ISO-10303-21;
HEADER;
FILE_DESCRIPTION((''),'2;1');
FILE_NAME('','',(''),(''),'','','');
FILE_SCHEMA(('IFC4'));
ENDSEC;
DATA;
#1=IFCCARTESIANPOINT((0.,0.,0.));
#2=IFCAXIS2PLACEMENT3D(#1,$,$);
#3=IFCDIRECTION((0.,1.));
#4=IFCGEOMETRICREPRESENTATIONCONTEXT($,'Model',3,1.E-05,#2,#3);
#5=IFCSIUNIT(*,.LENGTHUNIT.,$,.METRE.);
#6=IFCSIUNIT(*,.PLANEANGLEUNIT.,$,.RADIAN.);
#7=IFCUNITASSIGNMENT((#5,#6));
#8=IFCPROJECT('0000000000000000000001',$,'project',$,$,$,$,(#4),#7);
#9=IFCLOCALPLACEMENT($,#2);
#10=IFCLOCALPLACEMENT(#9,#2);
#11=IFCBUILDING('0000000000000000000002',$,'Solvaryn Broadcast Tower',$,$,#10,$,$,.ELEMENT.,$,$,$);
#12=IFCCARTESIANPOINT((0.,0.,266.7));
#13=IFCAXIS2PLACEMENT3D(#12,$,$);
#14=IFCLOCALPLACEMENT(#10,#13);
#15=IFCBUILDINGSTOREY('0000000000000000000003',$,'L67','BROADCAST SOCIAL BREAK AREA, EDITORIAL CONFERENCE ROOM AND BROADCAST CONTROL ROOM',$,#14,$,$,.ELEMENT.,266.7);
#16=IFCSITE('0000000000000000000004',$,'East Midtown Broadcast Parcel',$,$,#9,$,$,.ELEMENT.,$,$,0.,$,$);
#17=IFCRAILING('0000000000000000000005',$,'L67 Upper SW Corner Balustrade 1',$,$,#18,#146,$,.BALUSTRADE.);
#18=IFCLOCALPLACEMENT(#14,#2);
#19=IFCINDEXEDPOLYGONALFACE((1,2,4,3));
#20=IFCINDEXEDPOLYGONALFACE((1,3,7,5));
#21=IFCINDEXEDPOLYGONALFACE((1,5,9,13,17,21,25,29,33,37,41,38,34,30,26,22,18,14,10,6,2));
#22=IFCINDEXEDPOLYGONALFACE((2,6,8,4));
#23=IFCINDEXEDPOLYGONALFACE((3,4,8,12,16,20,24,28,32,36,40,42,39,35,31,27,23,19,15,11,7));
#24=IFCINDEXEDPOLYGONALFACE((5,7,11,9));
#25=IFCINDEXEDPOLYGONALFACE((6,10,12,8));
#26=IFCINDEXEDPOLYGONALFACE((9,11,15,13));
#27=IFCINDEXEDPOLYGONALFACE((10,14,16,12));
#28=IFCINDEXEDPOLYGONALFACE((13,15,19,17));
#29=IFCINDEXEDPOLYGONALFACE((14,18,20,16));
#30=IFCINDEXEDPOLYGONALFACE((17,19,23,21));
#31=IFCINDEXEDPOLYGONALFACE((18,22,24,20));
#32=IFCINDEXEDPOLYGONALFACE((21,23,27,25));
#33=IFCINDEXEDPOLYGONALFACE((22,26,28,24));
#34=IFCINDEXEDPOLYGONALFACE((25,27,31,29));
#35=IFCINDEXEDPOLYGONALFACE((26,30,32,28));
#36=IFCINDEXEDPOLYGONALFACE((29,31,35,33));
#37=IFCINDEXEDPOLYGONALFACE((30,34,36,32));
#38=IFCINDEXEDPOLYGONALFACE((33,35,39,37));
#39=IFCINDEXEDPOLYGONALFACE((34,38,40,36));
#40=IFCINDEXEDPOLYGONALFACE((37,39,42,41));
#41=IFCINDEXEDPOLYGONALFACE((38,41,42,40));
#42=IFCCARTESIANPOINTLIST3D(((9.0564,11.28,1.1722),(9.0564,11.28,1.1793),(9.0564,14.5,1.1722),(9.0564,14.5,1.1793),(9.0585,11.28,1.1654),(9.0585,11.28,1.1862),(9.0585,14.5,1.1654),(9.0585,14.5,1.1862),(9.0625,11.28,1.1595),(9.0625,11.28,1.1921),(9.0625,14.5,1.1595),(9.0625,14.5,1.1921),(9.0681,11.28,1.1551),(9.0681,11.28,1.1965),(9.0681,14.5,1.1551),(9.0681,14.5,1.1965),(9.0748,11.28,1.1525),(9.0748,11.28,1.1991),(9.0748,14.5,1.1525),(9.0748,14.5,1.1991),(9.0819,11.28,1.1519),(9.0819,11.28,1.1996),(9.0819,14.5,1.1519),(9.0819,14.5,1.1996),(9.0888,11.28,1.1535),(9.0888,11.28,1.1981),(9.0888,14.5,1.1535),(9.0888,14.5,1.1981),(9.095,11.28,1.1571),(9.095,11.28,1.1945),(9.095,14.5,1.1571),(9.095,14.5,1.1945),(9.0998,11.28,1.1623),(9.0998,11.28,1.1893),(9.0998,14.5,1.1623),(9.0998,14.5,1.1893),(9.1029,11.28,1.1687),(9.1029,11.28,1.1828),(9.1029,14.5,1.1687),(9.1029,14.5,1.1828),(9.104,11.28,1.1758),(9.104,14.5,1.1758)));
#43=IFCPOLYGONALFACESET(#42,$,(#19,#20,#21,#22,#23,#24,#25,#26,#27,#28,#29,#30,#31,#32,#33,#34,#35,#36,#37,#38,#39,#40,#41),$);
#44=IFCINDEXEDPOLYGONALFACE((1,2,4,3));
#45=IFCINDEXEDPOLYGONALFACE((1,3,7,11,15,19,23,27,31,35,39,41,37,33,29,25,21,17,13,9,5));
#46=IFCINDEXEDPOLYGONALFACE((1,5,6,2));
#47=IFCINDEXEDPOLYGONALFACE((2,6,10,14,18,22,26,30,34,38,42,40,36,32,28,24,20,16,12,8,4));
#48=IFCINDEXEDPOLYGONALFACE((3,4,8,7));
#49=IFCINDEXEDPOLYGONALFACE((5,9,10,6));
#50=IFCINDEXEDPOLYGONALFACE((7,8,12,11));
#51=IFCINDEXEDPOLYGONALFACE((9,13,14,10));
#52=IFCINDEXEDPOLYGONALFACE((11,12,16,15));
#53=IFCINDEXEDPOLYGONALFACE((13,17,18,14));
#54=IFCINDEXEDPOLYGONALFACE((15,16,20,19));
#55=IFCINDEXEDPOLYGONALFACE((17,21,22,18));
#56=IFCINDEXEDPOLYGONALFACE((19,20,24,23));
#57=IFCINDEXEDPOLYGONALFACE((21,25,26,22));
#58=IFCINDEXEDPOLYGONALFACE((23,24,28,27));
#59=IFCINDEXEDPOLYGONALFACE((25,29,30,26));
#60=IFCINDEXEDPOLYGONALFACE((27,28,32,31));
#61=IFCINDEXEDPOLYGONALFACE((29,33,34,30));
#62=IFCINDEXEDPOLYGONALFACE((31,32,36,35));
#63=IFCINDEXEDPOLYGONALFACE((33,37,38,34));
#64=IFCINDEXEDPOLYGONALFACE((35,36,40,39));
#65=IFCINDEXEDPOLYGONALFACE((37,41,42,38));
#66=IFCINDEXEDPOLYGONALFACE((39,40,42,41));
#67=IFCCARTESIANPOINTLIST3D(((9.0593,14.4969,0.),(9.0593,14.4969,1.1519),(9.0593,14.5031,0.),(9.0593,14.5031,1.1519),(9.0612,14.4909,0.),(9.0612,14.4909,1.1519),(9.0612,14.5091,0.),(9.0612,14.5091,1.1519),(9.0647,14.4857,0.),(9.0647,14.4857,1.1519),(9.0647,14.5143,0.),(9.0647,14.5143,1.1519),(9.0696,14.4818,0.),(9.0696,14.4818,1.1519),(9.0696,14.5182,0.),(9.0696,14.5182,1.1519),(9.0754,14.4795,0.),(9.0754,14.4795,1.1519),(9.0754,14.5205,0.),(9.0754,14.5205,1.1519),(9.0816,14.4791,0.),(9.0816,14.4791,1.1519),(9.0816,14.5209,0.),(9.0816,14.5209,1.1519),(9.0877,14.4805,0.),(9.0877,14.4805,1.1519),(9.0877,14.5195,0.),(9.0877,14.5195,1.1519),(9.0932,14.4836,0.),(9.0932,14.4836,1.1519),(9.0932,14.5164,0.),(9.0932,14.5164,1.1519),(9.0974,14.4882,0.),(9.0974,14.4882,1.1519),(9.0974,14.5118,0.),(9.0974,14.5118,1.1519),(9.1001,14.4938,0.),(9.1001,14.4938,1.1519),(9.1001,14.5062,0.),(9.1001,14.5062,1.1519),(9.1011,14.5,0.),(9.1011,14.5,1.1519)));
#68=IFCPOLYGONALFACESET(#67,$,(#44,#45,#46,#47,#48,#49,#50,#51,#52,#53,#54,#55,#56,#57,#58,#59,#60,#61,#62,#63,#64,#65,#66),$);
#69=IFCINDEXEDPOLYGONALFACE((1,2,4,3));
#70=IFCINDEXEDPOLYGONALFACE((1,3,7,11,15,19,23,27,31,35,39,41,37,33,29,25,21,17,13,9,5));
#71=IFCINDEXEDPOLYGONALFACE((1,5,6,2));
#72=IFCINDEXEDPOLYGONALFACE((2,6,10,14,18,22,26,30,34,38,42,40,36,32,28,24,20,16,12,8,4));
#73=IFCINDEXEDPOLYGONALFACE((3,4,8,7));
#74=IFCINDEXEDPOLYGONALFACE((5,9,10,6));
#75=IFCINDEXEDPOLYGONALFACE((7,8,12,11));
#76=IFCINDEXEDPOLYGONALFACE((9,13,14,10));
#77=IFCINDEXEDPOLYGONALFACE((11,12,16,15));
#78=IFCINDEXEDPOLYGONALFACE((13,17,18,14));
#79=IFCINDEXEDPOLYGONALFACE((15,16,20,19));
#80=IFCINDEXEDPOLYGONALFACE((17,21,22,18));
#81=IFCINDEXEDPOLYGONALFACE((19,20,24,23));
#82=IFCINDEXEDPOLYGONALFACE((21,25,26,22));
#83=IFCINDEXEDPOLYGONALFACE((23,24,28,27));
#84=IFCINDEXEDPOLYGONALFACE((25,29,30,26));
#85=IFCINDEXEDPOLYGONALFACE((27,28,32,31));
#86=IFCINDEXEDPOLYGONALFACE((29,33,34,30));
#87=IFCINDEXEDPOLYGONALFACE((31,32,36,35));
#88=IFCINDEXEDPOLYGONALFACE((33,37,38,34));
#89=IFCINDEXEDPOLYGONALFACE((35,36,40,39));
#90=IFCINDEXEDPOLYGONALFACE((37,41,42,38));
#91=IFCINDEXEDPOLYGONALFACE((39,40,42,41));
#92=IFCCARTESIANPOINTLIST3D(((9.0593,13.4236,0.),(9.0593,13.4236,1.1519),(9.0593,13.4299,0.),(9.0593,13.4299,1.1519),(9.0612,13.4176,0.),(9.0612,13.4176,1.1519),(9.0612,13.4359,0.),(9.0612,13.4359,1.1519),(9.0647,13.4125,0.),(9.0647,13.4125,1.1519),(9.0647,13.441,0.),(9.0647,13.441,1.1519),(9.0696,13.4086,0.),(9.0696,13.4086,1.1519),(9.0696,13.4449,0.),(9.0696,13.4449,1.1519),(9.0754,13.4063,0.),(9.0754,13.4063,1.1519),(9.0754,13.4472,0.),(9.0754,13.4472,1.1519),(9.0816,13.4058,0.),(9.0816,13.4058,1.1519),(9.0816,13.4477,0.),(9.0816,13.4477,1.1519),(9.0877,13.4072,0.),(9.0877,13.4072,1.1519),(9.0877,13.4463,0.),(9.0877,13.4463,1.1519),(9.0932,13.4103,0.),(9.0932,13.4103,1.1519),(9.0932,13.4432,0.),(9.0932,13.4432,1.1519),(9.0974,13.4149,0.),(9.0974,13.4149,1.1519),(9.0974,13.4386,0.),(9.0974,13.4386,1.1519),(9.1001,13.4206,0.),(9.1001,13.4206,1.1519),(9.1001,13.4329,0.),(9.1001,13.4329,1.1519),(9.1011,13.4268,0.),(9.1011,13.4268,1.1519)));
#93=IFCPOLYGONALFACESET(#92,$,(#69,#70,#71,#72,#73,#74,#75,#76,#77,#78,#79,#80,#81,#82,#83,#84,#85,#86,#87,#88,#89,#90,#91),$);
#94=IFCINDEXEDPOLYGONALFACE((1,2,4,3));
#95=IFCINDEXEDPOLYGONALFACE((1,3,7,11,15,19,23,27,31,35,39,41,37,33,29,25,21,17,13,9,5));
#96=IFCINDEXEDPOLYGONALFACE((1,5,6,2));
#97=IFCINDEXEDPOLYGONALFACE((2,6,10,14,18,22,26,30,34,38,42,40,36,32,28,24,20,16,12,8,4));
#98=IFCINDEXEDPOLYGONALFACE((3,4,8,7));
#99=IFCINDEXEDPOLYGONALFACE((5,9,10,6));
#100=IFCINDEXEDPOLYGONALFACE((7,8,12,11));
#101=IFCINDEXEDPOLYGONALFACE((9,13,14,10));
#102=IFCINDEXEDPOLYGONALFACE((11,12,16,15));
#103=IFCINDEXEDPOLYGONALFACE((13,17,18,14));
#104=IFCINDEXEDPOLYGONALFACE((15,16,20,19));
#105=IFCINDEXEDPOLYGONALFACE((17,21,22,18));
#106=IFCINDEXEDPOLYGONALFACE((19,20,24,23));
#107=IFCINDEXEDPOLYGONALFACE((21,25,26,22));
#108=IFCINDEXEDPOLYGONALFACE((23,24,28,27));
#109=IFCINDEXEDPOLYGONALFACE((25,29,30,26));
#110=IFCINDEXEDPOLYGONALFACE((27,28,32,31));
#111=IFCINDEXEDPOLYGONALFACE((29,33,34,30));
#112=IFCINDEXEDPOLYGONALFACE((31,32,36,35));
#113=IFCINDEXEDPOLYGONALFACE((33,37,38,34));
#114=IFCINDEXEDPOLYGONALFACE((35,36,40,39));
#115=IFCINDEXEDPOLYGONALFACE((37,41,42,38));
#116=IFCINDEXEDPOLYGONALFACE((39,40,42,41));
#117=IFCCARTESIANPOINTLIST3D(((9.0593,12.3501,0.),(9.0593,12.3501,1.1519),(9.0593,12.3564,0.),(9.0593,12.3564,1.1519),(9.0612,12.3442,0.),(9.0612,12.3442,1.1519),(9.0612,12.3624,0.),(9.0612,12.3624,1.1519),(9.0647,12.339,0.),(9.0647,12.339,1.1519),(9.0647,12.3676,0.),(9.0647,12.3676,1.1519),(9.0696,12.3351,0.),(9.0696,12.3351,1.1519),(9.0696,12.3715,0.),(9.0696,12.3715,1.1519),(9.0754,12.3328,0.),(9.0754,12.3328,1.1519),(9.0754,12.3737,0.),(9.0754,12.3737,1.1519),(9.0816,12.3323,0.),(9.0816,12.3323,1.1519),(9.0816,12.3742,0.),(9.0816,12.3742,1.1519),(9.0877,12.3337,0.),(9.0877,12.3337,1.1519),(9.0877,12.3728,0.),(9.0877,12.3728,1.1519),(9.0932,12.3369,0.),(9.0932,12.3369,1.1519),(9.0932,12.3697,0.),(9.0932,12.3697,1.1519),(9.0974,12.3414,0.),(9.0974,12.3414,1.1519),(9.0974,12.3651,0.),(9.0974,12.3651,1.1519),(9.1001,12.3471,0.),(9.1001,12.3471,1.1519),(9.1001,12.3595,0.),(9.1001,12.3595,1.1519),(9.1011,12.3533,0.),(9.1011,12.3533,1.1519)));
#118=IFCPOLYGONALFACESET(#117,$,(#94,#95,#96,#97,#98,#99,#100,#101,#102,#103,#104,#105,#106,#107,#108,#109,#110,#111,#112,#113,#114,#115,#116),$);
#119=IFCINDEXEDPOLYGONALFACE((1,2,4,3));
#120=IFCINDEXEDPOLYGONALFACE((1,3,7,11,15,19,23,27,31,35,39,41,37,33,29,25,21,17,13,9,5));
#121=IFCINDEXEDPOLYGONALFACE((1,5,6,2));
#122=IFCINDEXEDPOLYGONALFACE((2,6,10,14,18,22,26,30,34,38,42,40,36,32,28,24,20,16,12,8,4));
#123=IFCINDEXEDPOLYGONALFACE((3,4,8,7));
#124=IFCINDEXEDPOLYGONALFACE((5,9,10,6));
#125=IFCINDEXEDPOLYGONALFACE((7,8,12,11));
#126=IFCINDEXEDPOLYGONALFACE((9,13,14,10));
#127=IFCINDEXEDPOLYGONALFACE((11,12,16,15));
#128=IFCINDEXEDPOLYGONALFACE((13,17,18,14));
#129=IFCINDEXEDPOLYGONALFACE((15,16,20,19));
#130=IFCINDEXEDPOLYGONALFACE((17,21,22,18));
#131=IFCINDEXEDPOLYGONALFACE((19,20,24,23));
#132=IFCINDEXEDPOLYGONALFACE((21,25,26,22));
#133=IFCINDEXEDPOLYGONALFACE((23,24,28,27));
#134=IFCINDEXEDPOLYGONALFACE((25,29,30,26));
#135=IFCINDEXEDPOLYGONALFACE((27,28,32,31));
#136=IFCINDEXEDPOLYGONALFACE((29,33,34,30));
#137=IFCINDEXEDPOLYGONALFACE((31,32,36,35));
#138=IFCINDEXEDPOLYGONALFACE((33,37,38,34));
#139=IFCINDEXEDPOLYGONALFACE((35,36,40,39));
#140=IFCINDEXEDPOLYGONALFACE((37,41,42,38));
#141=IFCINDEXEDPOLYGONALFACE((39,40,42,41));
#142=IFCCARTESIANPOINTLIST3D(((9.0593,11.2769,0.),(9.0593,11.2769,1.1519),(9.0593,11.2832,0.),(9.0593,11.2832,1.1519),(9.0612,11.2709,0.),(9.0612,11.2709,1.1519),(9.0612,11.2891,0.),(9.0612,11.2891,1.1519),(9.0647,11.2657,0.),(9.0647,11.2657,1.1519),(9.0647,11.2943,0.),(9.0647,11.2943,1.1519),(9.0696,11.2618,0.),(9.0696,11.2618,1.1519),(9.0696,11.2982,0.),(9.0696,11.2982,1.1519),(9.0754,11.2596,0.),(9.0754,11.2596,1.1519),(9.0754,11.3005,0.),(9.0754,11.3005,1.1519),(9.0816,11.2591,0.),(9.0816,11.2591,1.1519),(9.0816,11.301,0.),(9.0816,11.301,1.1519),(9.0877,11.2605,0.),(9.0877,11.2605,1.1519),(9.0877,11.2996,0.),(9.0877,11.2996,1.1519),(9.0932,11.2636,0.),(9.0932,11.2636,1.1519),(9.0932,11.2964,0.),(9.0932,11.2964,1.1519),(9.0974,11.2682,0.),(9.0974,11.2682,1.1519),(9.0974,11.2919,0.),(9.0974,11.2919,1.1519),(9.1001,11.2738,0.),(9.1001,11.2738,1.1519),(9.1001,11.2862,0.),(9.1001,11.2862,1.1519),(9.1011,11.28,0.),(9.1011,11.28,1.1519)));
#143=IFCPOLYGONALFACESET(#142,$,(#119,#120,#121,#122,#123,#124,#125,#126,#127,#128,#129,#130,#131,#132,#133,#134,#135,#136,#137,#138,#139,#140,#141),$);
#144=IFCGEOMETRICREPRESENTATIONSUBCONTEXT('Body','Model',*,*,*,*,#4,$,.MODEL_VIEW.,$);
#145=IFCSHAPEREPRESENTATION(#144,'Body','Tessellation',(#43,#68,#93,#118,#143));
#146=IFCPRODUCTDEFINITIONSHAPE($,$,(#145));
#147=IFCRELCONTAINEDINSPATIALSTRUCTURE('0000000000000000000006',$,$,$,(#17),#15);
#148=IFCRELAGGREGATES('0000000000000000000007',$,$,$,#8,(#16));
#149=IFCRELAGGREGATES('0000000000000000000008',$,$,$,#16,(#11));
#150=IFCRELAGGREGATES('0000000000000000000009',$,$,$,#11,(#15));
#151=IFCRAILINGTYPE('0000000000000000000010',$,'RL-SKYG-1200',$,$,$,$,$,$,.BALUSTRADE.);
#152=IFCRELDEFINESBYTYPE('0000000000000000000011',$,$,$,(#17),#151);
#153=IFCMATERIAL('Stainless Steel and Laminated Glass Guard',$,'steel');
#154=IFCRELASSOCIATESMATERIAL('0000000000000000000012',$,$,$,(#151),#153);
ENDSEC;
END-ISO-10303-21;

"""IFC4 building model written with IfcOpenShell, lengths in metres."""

from ifc_helpers import new_model, si_unit, direction, frame, origin, origin_2d, place, context, subcontext, project, spatial, circle, extrude, material, type_object, element, save


model = new_model("IFC4")

# Units and contexts
model_context = context("Model", 3, precision=1e-05, world=origin(), true_north=direction((0.0, 1.0)))
body_context = subcontext(model_context, "Body", "Model", "MODEL_VIEW")
ifc_project = project(units=[si_unit("LENGTHUNIT", "METRE"), si_unit("PLANEANGLEUNIT", "RADIAN")], contexts=[model_context])

# Site, building, storey
site_placement = place(None, origin())
site = spatial("IfcSite", under=ifc_project, at=site_placement, Name="East Midtown Broadcast Parcel", CompositionType="ELEMENT", RefElevation=0.0)
building_placement = place(site_placement, origin())
building = spatial("IfcBuilding", under=site, at=building_placement, Name="Solvaryn Broadcast Tower", CompositionType="ELEMENT")
storey_placement = place(building_placement, frame((0.0, 0.0, 266.7)))
storey = spatial("IfcBuildingStorey", under=building, at=storey_placement, Name="L67", Description="BROADCAST SOCIAL BREAK AREA, EDITORIAL CONFERENCE ROOM AND BROADCAST CONTROL ROOM", CompositionType="ELEMENT", Elevation=266.7)

# Railing
ifc_material_1 = material(Name="Stainless Steel and Laminated Glass Guard", Category="steel")
railing_type = type_object("IfcRailingType", Name="RL-SKYG-1200", PredefinedType="BALUSTRADE", material=ifc_material_1)
railing_1_placement = place(storey_placement, frame((9.0801, 14.5, 0.0)))
element("IfcRailing", 1, at=railing_1_placement, inside=storey, type_object=railing_type, Name="L67 Upper SW Corner Balustrade 1", PredefinedType="BALUSTRADE", context=body_context, shape_type="SweptSolid", body=[
    extrude(circle(Radius=0.0239, at=origin_2d()), frame((0.0, 0.0, 1.1758), z_axis=(0.0, -1.0, 0.0), x_axis=(1.0, 0.0, 0.0)), (0.0, 0.0, 1.0), 3.22),
    extrude(circle(Radius=0.021, at=origin_2d()), origin(), (0.0, 0.0, 1.0), 1.1519),
    extrude(circle(Radius=0.021, at=origin_2d()), frame((0.0, -1.0732, 0.0)), (0.0, 0.0, 1.0), 1.1519),
    extrude(circle(Radius=0.021, at=origin_2d()), frame((0.0, -2.1467, 0.0)), (0.0, 0.0, 1.0), 1.1519),
    extrude(circle(Radius=0.021, at=origin_2d()), frame((0.0, -3.22, 0.0)), (0.0, 0.0, 1.0), 1.1519),
])

save(model, "model.ifc")
